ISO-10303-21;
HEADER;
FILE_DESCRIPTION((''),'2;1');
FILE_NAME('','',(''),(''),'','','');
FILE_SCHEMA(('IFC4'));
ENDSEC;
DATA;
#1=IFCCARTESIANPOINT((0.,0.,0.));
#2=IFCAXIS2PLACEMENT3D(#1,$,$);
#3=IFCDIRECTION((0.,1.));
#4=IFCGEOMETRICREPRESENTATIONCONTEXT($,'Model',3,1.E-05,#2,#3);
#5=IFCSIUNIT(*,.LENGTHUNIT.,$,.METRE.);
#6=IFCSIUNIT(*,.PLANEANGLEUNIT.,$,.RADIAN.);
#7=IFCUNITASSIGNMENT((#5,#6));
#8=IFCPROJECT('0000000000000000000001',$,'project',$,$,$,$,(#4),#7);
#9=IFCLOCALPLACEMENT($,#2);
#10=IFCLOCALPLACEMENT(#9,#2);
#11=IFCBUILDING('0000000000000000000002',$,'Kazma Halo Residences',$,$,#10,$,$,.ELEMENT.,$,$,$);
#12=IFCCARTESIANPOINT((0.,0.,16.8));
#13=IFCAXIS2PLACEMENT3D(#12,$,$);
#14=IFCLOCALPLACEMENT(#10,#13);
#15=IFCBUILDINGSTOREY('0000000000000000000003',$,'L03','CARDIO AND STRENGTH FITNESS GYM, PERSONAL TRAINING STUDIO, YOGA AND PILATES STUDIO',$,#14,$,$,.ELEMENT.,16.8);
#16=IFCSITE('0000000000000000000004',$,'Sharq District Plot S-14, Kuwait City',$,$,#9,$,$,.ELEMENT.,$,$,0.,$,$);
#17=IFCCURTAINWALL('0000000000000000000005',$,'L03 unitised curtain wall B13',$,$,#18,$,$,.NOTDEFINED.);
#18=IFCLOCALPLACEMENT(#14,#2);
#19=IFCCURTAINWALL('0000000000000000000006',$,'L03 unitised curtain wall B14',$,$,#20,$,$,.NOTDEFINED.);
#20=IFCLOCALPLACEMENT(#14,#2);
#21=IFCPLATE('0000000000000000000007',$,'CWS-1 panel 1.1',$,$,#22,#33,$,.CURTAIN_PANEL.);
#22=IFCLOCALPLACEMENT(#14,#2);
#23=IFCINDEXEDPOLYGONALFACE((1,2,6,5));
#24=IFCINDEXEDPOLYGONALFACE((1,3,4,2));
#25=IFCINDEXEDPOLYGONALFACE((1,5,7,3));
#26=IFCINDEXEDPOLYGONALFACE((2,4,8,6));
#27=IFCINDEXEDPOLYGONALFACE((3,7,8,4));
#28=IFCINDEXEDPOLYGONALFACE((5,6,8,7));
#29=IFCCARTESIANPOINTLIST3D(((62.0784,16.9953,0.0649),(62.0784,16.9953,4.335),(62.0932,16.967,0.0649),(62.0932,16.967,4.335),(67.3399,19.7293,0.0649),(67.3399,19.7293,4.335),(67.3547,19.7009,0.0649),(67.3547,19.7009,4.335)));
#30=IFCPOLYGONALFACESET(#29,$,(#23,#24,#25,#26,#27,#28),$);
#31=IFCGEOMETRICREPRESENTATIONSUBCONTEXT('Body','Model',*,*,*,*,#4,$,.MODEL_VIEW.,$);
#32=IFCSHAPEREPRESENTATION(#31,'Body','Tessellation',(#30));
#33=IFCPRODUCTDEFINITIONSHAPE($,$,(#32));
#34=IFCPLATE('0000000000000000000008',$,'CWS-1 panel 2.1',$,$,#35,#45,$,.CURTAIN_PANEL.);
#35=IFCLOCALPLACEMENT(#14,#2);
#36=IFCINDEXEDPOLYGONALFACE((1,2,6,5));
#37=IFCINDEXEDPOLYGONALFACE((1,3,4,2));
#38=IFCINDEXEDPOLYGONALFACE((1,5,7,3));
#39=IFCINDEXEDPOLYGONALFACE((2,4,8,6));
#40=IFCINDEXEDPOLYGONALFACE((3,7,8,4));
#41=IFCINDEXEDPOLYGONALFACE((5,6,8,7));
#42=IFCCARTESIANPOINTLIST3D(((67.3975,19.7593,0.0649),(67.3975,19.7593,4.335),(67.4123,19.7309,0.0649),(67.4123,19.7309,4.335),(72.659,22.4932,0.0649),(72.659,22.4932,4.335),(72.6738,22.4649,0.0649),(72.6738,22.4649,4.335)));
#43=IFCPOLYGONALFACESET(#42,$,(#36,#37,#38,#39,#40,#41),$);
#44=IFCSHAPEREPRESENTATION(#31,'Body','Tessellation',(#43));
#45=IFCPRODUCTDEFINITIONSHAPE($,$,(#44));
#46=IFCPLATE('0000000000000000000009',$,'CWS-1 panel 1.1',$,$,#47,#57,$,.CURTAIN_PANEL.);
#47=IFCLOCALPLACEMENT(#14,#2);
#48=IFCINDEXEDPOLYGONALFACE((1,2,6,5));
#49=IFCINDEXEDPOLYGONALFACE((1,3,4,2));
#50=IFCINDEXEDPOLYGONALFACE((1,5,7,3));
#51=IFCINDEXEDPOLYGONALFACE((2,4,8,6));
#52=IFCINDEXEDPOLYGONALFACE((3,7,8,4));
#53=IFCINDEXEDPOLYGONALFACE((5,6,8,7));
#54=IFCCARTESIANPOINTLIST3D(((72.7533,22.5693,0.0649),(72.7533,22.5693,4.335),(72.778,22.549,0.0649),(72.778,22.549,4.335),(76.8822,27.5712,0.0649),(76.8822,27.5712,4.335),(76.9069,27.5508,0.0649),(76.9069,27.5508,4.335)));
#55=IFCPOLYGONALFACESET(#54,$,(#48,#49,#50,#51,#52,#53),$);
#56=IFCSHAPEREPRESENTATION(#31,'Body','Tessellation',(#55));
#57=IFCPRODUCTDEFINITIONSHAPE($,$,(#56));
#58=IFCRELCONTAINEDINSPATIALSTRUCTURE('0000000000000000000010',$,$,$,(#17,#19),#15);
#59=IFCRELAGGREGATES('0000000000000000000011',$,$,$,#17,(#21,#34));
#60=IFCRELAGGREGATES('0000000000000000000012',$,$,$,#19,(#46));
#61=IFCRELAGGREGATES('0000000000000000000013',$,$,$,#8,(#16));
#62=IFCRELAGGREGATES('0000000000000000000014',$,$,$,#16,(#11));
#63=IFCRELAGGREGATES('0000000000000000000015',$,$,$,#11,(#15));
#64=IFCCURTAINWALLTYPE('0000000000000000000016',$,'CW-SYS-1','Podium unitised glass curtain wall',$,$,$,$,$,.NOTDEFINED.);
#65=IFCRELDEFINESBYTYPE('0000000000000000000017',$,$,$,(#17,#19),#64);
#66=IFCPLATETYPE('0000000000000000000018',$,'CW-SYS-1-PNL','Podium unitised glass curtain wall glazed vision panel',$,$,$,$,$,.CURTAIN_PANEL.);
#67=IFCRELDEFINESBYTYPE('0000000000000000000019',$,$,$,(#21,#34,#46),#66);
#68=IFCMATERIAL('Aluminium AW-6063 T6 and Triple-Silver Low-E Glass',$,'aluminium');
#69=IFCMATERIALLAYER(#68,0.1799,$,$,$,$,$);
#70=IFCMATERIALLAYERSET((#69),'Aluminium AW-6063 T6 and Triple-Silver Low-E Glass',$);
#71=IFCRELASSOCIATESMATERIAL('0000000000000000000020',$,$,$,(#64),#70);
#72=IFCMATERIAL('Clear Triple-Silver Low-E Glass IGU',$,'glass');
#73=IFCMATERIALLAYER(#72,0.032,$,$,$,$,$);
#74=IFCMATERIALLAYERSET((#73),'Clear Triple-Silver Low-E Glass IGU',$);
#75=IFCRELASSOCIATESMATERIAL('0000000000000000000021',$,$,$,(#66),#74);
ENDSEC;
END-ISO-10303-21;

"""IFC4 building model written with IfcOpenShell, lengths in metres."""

from ifc_helpers import new_model, si_unit, direction, frame, origin, origin_2d, place, context, subcontext, project, spatial, rectangle, extrude, material, layer, layer_set, type_object, element, aggregate, save


model = new_model("IFC4")

# Units and contexts
model_context = context("Model", 3, precision=1e-05, world=origin(), true_north=direction((0.0, 1.0)))
body_context = subcontext(model_context, "Body", "Model", "MODEL_VIEW")
ifc_project = project(units=[si_unit("LENGTHUNIT", "METRE"), si_unit("PLANEANGLEUNIT", "RADIAN")], contexts=[model_context])

# Site, building, storey
site_placement = place(None, origin())
site = spatial("IfcSite", under=ifc_project, at=site_placement, Name="Sharq District Plot S-14, Kuwait City", CompositionType="ELEMENT", RefElevation=0.0)
building_placement = place(site_placement, origin())
building = spatial("IfcBuilding", under=site, at=building_placement, Name="Kazma Halo Residences", CompositionType="ELEMENT")
storey_placement = place(building_placement, frame((0.0, 0.0, 16.8)))
storey = spatial("IfcBuildingStorey", under=building, at=storey_placement, Name="L03", Description="CARDIO AND STRENGTH FITNESS GYM, PERSONAL TRAINING STUDIO, YOGA AND PILATES STUDIO", CompositionType="ELEMENT", Elevation=16.8)

# Shared definitions
ifc_material_1 = material(Name="Aluminium AW-6063 T6 and Triple-Silver Low-E Glass", Category="aluminium")
ifc_layer_1 = layer(ifc_material_1, 0.1799)
ifc_layer_set_1 = layer_set([ifc_layer_1], Name="Aluminium AW-6063 T6 and Triple-Silver Low-E Glass")
curtain_wall_type = type_object("IfcCurtainWallType", Name="CW-SYS-1", Description="Podium unitised glass curtain wall", PredefinedType="NOTDEFINED", material=ifc_layer_set_1)

# Curtain walls
curtain_wall_1_placement = place(storey_placement, origin())
curtain_wall_1 = element("IfcCurtainWall", 1, at=curtain_wall_1_placement, inside=storey, type_object=curtain_wall_type, Name="L03 unitised curtain wall B13", PredefinedType="NOTDEFINED")
curtain_wall_2_placement = place(storey_placement, origin())
curtain_wall_2 = element("IfcCurtainWall", 2, at=curtain_wall_2_placement, inside=storey, type_object=curtain_wall_type, Name="L03 unitised curtain wall B14", PredefinedType="NOTDEFINED")

# Plates
ifc_material_2 = material(Name="Clear Triple-Silver Low-E Glass IGU", Category="glass")
ifc_layer_2 = layer(ifc_material_2, 0.032)
ifc_layer_set_2 = layer_set([ifc_layer_2], Name="Clear Triple-Silver Low-E Glass IGU")
plate_type = type_object("IfcPlateType", Name="CW-SYS-1-PNL", Description="Podium unitised glass curtain wall glazed vision panel", PredefinedType="CURTAIN_PANEL", material=ifc_layer_set_2)
plate_1_placement = place(storey_placement, frame((64.7166, 18.3481, 0.0649), z_axis=(0.0, 0.0, 1.0), x_axis=(0.887355, 0.461087, 0.0)))
plate_1 = element("IfcPlate", 3, at=plate_1_placement, type_object=plate_type, Name="CWS-1 panel 1.1", PredefinedType="CURTAIN_PANEL", context=body_context, shape_type="SweptSolid", body=[
    extrude(rectangle(XDim=5.9294, YDim=0.032, at=origin_2d()), origin(), (0.0, 0.0, 1.0), 4.27),
])
plate_2_placement = place(storey_placement, frame((70.0356, 21.1121, 0.0649), z_axis=(0.0, 0.0, 1.0), x_axis=(0.887355, 0.461087, 0.0)))
plate_2 = element("IfcPlate", 4, at=plate_2_placement, type_object=plate_type, Name="CWS-1 panel 2.1", PredefinedType="CURTAIN_PANEL", context=body_context, shape_type="SweptSolid", body=[
    extrude(rectangle(XDim=5.9294, YDim=0.032, at=origin_2d()), origin(), (0.0, 0.0, 1.0), 4.27),
])
aggregate(curtain_wall_1, [plate_1, plate_2])
plate_3_placement = place(storey_placement, frame((74.8301, 25.0601, 0.0649), z_axis=(0.0, 0.0, 1.0), x_axis=(0.636603, 0.771192, 0.0)))
plate_3 = element("IfcPlate", 5, at=plate_3_placement, type_object=plate_type, Name="CWS-1 panel 1.1", PredefinedType="CURTAIN_PANEL", context=body_context, shape_type="SweptSolid", body=[
    extrude(rectangle(XDim=6.4858, YDim=0.032, at=origin_2d()), origin(), (0.0, 0.0, 1.0), 4.27),
])
aggregate(curtain_wall_2, [plate_3])

save(model, "model.ifc")
